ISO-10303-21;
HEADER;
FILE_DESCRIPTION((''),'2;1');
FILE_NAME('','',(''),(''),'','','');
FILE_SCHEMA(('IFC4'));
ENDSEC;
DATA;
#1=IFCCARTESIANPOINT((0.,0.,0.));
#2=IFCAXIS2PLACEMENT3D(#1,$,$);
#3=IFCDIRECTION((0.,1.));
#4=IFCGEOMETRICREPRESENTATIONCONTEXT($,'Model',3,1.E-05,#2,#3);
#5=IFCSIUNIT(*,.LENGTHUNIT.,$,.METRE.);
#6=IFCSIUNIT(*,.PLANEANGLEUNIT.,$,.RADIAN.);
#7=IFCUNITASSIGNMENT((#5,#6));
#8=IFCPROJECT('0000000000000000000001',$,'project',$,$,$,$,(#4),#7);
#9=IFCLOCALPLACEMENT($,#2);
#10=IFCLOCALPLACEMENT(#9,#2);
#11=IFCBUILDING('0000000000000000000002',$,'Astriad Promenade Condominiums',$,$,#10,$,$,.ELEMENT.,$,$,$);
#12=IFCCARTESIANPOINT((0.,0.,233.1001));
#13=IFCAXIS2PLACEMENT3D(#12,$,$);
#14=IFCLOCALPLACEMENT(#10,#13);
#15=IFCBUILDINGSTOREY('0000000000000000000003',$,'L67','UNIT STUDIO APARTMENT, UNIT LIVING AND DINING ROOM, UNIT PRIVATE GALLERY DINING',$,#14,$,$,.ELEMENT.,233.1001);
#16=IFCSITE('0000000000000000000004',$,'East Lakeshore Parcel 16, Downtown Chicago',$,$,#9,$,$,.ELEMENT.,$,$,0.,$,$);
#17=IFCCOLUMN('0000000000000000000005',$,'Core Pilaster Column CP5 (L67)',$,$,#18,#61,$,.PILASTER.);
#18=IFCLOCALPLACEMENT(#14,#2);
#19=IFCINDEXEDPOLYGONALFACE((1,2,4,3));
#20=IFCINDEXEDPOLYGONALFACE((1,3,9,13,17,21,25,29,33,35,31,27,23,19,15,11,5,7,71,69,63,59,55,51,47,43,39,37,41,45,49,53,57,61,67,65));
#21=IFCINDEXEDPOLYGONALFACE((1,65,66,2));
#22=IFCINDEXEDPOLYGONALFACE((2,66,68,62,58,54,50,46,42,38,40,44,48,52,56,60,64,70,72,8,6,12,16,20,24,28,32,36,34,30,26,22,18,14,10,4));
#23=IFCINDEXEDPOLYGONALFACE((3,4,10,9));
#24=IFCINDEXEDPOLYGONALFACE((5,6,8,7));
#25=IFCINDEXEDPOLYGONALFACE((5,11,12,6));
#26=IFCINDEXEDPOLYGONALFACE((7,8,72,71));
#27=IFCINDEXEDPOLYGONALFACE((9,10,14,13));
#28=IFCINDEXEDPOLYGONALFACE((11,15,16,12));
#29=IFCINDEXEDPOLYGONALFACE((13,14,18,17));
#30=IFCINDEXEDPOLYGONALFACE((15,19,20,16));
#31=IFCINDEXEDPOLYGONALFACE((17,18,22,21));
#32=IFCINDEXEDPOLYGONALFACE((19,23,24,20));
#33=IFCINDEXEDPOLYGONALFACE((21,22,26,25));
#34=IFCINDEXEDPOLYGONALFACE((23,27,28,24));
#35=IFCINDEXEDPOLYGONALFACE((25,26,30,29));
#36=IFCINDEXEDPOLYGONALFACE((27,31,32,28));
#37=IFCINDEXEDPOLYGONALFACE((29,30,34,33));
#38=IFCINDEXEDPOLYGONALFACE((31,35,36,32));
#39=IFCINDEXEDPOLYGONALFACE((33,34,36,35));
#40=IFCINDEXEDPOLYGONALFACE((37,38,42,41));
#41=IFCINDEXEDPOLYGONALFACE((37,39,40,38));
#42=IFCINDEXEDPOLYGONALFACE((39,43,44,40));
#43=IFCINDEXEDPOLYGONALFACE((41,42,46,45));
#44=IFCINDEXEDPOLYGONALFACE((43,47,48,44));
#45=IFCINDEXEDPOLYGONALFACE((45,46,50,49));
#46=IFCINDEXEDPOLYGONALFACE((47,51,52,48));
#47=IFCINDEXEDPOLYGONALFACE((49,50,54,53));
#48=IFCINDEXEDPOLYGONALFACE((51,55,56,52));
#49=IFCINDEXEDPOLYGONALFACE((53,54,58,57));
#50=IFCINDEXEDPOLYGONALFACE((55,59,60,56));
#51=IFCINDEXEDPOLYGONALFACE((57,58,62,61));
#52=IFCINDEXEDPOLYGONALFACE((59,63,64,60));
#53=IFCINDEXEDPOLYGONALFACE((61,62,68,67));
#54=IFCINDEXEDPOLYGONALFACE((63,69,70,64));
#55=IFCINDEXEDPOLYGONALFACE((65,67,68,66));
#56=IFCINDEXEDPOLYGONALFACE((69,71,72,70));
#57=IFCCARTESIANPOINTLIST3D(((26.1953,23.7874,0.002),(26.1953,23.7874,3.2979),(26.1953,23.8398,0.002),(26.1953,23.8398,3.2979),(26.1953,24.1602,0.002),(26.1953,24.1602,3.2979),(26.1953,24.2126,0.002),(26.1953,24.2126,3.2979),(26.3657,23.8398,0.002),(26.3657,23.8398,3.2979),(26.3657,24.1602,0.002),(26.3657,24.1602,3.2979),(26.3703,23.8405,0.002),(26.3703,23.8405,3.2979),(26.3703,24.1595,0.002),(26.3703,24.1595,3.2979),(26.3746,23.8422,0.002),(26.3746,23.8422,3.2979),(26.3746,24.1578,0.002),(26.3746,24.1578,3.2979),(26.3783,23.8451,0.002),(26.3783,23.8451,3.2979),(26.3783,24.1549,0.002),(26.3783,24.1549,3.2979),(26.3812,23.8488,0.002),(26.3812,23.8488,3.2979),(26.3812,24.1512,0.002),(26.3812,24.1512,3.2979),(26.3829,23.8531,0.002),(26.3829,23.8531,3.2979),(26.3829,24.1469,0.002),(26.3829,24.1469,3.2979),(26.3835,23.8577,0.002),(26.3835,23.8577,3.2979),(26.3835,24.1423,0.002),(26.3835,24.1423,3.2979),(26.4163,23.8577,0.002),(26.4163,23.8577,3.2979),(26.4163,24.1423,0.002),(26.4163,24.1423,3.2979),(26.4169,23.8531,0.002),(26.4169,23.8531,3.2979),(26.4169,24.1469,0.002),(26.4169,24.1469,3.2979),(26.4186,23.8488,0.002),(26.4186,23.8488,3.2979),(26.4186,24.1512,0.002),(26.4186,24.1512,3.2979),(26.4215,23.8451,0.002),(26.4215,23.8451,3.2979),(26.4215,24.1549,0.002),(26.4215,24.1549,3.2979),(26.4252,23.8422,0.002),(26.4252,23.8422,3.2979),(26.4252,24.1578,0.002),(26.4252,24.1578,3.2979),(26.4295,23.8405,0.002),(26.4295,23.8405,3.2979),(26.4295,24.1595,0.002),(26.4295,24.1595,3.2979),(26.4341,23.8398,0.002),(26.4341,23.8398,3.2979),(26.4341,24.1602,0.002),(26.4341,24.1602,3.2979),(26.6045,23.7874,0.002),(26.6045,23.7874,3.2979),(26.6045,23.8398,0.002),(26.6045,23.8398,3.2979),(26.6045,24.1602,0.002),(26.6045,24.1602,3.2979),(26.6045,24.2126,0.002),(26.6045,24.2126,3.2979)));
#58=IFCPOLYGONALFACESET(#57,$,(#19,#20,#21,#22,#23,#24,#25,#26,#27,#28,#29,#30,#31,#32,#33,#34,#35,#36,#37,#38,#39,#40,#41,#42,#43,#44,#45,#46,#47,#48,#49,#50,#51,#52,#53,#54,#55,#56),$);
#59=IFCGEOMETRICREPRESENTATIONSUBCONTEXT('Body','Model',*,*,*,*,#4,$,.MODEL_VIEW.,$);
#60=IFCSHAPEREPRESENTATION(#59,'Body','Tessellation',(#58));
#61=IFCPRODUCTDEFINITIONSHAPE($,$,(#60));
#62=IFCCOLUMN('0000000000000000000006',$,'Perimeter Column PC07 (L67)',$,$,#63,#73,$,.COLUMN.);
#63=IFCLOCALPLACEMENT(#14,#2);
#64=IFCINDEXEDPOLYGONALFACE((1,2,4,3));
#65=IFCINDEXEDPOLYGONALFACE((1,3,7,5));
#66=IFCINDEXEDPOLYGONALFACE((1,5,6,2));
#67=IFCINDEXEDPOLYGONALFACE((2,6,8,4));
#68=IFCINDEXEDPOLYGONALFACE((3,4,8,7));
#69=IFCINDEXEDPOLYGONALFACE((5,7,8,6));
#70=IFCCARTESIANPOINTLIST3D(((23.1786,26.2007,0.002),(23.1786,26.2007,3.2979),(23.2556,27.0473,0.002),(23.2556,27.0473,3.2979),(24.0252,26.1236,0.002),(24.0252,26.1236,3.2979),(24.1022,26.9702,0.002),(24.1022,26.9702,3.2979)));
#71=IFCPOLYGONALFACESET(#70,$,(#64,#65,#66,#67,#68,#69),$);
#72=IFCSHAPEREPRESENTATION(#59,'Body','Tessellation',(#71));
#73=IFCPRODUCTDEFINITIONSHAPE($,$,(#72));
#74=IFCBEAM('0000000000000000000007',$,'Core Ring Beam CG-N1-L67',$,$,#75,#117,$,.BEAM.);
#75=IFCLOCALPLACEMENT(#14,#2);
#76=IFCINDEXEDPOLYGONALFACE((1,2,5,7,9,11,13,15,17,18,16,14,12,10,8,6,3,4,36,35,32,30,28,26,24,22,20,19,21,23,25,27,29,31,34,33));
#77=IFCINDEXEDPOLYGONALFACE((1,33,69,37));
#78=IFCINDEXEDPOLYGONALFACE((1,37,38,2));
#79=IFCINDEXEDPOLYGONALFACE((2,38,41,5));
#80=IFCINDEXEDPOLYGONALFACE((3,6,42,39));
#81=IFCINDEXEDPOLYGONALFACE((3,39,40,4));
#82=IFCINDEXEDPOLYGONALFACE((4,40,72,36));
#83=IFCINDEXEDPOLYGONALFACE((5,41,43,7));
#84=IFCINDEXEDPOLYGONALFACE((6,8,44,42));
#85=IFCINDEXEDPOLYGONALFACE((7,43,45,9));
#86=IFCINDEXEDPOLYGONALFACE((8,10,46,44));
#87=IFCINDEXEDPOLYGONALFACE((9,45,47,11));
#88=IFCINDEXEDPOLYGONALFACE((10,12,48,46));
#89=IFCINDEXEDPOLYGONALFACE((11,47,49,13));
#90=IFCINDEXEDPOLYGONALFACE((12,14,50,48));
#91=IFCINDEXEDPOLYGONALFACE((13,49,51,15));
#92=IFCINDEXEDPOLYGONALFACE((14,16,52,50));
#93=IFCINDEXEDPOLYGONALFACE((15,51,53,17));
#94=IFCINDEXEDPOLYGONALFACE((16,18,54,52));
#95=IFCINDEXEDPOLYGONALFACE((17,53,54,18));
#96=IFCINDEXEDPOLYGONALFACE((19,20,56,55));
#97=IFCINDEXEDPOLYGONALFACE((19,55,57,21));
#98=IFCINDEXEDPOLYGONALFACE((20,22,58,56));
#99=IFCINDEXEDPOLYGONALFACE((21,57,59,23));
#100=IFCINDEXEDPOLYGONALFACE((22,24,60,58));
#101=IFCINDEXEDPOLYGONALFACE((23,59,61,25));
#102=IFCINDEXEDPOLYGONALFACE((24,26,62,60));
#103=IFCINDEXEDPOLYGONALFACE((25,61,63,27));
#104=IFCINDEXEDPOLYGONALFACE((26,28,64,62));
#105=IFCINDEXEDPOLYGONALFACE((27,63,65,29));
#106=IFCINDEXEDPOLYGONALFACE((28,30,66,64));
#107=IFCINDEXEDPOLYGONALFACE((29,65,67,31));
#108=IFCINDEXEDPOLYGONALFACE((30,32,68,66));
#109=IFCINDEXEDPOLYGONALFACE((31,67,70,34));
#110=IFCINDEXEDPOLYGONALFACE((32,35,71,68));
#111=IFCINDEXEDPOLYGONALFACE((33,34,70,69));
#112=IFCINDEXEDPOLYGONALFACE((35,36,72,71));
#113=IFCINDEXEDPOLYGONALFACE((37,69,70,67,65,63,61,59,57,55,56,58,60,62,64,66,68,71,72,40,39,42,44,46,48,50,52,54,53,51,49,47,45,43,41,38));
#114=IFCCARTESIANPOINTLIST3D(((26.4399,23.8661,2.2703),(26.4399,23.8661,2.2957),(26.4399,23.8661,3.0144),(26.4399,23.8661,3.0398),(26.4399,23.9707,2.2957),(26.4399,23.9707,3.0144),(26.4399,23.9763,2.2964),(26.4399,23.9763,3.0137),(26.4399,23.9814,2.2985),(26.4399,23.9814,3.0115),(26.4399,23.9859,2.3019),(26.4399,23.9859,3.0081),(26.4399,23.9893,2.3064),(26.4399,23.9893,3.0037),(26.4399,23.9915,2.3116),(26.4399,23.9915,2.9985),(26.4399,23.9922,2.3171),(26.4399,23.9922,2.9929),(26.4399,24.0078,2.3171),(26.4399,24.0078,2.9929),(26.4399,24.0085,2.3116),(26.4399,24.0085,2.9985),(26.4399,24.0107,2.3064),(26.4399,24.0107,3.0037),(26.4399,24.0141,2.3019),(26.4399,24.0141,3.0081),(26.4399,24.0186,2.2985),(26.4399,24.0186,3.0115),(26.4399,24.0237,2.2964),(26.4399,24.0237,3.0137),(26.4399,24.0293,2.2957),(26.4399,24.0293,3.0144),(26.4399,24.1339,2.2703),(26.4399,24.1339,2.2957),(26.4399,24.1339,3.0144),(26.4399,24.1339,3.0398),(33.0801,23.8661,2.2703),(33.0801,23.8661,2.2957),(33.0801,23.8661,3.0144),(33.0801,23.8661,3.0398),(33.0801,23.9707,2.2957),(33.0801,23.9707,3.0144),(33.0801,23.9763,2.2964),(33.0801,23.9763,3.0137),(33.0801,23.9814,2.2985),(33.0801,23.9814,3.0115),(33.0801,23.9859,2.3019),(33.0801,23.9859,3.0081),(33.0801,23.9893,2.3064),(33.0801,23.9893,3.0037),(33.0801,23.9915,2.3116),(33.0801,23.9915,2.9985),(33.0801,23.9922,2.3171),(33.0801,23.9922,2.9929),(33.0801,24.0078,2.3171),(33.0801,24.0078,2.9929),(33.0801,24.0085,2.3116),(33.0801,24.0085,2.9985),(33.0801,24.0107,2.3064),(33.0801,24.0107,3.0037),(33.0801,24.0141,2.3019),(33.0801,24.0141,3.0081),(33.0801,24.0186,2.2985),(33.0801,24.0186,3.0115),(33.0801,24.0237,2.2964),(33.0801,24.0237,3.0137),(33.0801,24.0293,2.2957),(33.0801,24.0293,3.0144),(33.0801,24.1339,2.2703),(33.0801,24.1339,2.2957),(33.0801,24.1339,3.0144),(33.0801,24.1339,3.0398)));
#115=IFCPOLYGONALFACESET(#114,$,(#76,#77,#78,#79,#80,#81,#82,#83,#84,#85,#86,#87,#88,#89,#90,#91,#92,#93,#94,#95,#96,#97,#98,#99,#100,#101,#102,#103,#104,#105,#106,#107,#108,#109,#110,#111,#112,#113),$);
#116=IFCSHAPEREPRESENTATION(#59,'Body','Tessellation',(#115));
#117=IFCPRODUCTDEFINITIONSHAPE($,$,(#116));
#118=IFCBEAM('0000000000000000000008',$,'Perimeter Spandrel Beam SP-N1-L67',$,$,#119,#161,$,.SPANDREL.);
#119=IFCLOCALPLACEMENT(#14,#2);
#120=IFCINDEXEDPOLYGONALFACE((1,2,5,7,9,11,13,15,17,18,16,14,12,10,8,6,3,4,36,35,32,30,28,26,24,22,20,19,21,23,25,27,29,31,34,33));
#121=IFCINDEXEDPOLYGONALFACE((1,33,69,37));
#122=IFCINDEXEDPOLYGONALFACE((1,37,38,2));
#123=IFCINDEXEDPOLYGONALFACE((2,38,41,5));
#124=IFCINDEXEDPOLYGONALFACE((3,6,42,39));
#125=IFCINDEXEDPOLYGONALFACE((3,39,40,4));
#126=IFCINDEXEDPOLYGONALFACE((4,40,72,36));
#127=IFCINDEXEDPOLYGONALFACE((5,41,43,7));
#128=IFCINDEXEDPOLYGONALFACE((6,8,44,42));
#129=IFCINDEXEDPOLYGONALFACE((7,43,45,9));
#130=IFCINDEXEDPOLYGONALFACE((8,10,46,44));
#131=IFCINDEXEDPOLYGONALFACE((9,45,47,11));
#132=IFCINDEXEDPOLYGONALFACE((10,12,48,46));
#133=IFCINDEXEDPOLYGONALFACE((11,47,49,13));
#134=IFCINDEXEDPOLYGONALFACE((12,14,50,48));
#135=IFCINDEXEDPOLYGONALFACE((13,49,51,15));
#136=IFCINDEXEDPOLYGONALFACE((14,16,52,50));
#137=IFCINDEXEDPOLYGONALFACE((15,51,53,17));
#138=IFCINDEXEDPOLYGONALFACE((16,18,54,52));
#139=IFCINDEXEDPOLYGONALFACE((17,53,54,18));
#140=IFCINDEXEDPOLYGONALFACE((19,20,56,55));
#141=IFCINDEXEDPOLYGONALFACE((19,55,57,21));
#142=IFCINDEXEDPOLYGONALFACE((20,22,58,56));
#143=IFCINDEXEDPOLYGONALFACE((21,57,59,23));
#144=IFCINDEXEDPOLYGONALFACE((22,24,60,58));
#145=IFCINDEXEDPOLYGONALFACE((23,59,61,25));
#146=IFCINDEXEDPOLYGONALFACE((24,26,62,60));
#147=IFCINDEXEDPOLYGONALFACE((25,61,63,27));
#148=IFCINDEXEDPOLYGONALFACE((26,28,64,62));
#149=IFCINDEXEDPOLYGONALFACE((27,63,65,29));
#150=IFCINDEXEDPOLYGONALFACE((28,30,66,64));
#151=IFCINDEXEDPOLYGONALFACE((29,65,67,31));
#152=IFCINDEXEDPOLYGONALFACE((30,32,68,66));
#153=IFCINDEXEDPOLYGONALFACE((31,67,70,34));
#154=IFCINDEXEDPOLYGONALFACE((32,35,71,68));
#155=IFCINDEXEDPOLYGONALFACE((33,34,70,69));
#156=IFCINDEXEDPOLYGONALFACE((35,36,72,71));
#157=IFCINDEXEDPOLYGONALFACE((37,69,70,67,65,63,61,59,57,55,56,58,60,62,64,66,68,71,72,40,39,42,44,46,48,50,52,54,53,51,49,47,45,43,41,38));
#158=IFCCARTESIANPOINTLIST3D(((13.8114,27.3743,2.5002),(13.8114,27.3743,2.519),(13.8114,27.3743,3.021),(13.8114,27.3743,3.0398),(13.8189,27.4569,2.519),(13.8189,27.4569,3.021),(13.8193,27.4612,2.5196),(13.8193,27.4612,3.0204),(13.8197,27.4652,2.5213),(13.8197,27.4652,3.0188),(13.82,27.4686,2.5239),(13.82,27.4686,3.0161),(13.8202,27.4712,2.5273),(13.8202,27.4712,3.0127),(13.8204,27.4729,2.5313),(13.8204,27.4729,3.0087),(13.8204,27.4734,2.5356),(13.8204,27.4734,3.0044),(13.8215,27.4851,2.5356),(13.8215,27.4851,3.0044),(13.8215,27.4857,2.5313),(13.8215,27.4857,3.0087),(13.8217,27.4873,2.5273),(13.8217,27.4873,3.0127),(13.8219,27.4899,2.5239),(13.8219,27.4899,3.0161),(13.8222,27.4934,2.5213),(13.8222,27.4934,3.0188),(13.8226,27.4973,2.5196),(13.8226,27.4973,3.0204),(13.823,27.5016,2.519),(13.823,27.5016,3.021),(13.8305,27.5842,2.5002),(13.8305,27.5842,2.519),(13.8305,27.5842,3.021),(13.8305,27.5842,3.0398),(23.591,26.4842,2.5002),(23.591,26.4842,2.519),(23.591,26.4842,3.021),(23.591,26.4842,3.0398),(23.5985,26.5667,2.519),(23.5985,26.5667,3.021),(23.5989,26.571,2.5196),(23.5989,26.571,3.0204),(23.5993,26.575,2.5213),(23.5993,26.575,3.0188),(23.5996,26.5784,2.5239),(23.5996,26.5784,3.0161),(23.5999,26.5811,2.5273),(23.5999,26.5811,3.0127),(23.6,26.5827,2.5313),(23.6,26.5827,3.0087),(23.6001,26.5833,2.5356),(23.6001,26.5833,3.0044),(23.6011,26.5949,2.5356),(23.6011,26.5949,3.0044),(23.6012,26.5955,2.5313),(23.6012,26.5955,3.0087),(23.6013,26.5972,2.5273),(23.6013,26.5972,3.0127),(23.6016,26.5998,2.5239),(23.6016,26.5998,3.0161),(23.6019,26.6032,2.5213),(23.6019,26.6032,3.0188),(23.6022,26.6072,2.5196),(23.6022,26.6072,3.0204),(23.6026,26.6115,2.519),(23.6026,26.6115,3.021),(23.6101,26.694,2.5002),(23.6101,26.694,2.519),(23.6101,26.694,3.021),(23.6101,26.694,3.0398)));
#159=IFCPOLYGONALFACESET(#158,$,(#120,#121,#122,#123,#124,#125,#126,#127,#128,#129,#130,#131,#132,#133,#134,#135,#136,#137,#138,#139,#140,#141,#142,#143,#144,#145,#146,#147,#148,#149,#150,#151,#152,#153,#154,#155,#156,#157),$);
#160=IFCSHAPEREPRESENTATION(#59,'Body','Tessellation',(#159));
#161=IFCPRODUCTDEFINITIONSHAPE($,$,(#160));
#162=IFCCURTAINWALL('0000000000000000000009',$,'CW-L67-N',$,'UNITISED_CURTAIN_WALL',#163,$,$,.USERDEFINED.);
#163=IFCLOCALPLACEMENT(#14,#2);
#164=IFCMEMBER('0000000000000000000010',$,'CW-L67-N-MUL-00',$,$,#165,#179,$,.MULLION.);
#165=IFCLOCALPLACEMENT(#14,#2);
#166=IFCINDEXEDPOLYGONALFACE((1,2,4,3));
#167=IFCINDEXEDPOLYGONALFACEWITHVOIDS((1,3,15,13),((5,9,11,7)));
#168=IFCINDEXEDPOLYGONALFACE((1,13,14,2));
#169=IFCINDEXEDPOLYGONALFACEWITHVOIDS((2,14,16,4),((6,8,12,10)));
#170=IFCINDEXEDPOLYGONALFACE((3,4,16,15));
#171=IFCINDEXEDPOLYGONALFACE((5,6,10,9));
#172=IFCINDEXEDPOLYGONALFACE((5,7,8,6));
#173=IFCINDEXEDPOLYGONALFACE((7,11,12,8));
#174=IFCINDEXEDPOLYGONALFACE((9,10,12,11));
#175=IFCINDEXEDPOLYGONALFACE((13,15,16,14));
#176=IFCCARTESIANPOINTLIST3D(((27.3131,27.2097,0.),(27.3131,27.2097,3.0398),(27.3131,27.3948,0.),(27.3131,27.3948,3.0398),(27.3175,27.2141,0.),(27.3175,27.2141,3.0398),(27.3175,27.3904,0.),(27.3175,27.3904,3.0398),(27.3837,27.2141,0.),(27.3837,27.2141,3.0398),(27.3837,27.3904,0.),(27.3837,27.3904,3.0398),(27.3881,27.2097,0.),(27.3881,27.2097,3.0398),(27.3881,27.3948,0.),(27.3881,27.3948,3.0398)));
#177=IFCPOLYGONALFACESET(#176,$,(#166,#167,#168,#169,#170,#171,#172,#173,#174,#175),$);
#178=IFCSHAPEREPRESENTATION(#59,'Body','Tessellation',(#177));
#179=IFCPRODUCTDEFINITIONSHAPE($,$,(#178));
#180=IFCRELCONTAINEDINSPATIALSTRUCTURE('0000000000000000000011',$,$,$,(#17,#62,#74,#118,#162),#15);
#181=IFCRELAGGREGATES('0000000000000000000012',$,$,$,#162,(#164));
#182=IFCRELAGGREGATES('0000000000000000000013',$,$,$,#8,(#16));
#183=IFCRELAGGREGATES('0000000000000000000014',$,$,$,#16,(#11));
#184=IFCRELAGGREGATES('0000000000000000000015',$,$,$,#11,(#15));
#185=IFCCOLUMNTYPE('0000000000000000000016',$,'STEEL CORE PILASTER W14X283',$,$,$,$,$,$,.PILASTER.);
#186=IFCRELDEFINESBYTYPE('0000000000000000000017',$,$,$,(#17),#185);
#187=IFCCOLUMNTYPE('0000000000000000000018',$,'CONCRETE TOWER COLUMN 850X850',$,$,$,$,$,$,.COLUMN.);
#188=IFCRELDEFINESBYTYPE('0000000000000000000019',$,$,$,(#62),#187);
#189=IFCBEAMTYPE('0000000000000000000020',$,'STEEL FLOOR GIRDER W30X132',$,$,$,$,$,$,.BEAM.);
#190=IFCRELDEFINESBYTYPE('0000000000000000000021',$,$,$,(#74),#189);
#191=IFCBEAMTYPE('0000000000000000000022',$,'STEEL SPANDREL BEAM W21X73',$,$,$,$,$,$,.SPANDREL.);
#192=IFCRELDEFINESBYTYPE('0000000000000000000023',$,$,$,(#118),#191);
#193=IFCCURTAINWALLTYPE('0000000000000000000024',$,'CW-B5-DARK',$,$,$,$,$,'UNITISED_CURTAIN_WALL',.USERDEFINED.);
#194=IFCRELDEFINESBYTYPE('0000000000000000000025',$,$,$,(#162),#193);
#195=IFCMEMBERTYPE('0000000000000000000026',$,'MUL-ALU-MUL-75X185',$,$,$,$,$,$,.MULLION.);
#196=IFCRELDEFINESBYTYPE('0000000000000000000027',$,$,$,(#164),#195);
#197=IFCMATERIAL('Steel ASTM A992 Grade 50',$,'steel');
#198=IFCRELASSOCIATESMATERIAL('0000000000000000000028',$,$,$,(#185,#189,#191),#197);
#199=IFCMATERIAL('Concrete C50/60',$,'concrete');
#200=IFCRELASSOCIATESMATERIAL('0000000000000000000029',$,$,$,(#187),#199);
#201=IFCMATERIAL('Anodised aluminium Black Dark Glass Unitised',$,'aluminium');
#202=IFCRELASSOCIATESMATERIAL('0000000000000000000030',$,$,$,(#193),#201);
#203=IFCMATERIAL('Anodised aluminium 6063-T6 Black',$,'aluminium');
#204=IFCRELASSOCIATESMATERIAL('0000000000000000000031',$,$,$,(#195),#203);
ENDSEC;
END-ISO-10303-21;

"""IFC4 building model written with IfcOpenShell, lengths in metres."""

from ifc_helpers import new_model, si_unit, direction, frame, origin, origin_2d, place, context, subcontext, project, spatial, rectangle, hollow_rectangle, i_section, extrude, source, transform, mapped, material, material_profile, profile_set, type_object, type_shapes, element, aggregate, save


model = new_model("IFC4")

# Units and contexts
model_context = context("Model", 3, precision=1e-05, world=origin(), true_north=direction((0.0, 1.0)))
body_context = subcontext(model_context, "Body", "Model", "MODEL_VIEW")
ifc_project = project(units=[si_unit("LENGTHUNIT", "METRE"), si_unit("PLANEANGLEUNIT", "RADIAN")], contexts=[model_context])

# Site, building, storey
site_placement = place(None, origin())
site = spatial("IfcSite", under=ifc_project, at=site_placement, Name="East Lakeshore Parcel 16, Downtown Chicago", CompositionType="ELEMENT", RefElevation=0.0)
building_placement = place(site_placement, origin())
building = spatial("IfcBuilding", under=site, at=building_placement, Name="Astriad Promenade Condominiums", CompositionType="ELEMENT")
storey_placement = place(building_placement, frame((0.0, 0.0, 233.1001)))
storey = spatial("IfcBuildingStorey", under=building, at=storey_placement, Name="L67", Description="UNIT STUDIO APARTMENT, UNIT LIVING AND DINING ROOM, UNIT PRIVATE GALLERY DINING", CompositionType="ELEMENT", Elevation=233.1001)

# Columns
ifc_material_1 = material(Name="Steel ASTM A992 Grade 50", Category="steel")
ifc_material_profile_1 = material_profile(ifc_material_1, i_section(OverallWidth=0.4092, OverallDepth=0.4253, WebThickness=0.0327, FlangeThickness=0.0525, FilletRadius=0.0178, at=origin_2d()), Name="W14X283")
ifc_profile_set_1 = profile_set([ifc_material_profile_1], Name="Steel ASTM A992 Grade 50")
column_type_1 = type_object("IfcColumnType", Name="STEEL CORE PILASTER W14X283", PredefinedType="PILASTER", material=ifc_profile_set_1)
shared_shape_1 = source(origin(), body_context, "Body", "SweptSolid", [
    extrude(i_section(OverallWidth=0.4092, OverallDepth=0.4253, WebThickness=0.0327, FlangeThickness=0.0525, FilletRadius=0.0178, at=origin_2d()), origin(), (0.0, 0.0, 1.0), 3.2959),
])
type_shapes(column_type_1, [shared_shape_1])
column_1_placement = place(storey_placement, frame((26.3999, 24.0, 0.002), z_axis=(0.0, 0.0, 1.0), x_axis=(1.0, 0.0, 0.0)))
element("IfcColumn", 1, at=column_1_placement, inside=storey, type_object=column_type_1, Name="Core Pilaster Column CP5 (L67)", PredefinedType="PILASTER", context=body_context, shape_type="MappedRepresentation", body=[
    mapped(shared_shape_1, transform((0.0, 0.0, 0.0), scale=1.0)),
])
ifc_material_2 = material(Name="Concrete C50/60", Category="concrete")
ifc_material_profile_2 = material_profile(ifc_material_2, rectangle(XDim=0.8501, YDim=0.8501, at=origin_2d()), Name="RC-COL-850X850")
ifc_profile_set_2 = profile_set([ifc_material_profile_2], Name="Concrete C50/60")
column_type_2 = type_object("IfcColumnType", Name="CONCRETE TOWER COLUMN 850X850", PredefinedType="COLUMN", material=ifc_profile_set_2)
shared_shape_2 = source(origin(), body_context, "Body", "SweptSolid", [
    extrude(rectangle(XDim=0.8501, YDim=0.8501, at=origin_2d()), origin(), (0.0, 0.0, 1.0), 3.2959),
])
type_shapes(column_type_2, [shared_shape_2])
column_2_placement = place(storey_placement, frame((23.6404, 26.5854, 0.002), z_axis=(0.0, 0.0, 1.0), x_axis=(0.995884, -0.090633, 0.0)))
element("IfcColumn", 2, at=column_2_placement, inside=storey, type_object=column_type_2, Name="Perimeter Column PC07 (L67)", PredefinedType="COLUMN", context=body_context, shape_type="MappedRepresentation", body=[
    mapped(shared_shape_2, transform((0.0, 0.0, 0.0), scale=1.0)),
])

# Beams
ifc_material_profile_3 = material_profile(ifc_material_1, i_section(OverallWidth=0.2678, OverallDepth=0.7695, WebThickness=0.0156, FlangeThickness=0.0254, FilletRadius=0.0215, at=origin_2d()), Name="W30X132")
ifc_profile_set_3 = profile_set([ifc_material_profile_3], Name="Steel ASTM A992 Grade 50")
beam_type_1 = type_object("IfcBeamType", Name="STEEL FLOOR GIRDER W30X132", PredefinedType="BEAM", material=ifc_profile_set_3)
shared_shape_3 = source(origin(), body_context, "Body", "SweptSolid", [
    extrude(i_section(OverallWidth=0.2678, OverallDepth=0.7695, WebThickness=0.0156, FlangeThickness=0.0254, FilletRadius=0.0215, at=origin_2d()), origin(), (0.0, 0.0, 1.0), 6.6401),
])
type_shapes(beam_type_1, [shared_shape_3])
beam_1_placement = place(storey_placement, frame((26.4399, 24.0, 2.655), z_axis=(1.0, 0.0, 0.0), x_axis=(0.0, 1.0, 0.0)))
element("IfcBeam", 3, at=beam_1_placement, inside=storey, type_object=beam_type_1, Name="Core Ring Beam CG-N1-L67", PredefinedType="BEAM", context=body_context, shape_type="MappedRepresentation", body=[
    mapped(shared_shape_3, transform((0.0, 0.0, 0.0), scale=1.0)),
])
ifc_material_profile_4 = material_profile(ifc_material_1, i_section(OverallWidth=0.2107, OverallDepth=0.5396, WebThickness=0.0117, FlangeThickness=0.0188, FilletRadius=0.0166, at=origin_2d()), Name="W21X73")
ifc_profile_set_4 = profile_set([ifc_material_profile_4], Name="Steel ASTM A992 Grade 50")
beam_type_2 = type_object("IfcBeamType", Name="STEEL SPANDREL BEAM W21X73", PredefinedType="SPANDREL", material=ifc_profile_set_4)
shared_shape_4 = source(origin(), body_context, "Body", "SweptSolid", [
    extrude(i_section(OverallWidth=0.2107, OverallDepth=0.5396, WebThickness=0.0117, FlangeThickness=0.0188, FilletRadius=0.0166, at=origin_2d()), origin(), (0.0, 0.0, 1.0), 9.8201),
])
type_shapes(beam_type_2, [shared_shape_4])
beam_2_placement = place(storey_placement, frame((23.6006, 26.5891, 2.77), z_axis=(-0.995883, 0.090646, 0.0), x_axis=(-0.090646, -0.995883, 0.0)))
element("IfcBeam", 4, at=beam_2_placement, inside=storey, type_object=beam_type_2, Name="Perimeter Spandrel Beam SP-N1-L67", PredefinedType="SPANDREL", context=body_context, shape_type="MappedRepresentation", body=[
    mapped(shared_shape_4, transform((0.0, 0.0, 0.0), scale=1.0)),
])

# Curtain wall, member
ifc_material_3 = material(Name="Anodised aluminium Black Dark Glass Unitised", Category="aluminium")
curtain_wall_type = type_object("IfcCurtainWallType", Name="CW-B5-DARK", ElementType="UNITISED_CURTAIN_WALL", PredefinedType="USERDEFINED", material=ifc_material_3)
curtain_wall_placement = place(storey_placement, origin())
curtain_wall = element("IfcCurtainWall", 5, at=curtain_wall_placement, inside=storey, type_object=curtain_wall_type, Name="CW-L67-N", ObjectType="UNITISED_CURTAIN_WALL", PredefinedType="USERDEFINED")
ifc_material_4 = material(Name="Anodised aluminium 6063-T6 Black", Category="aluminium")
ifc_material_profile_5 = material_profile(ifc_material_4, hollow_rectangle(XDim=0.075, YDim=0.1851, WallThickness=0.0044, at=origin_2d()), Name="ALU-MUL-75X185")
ifc_profile_set_5 = profile_set([ifc_material_profile_5], Name="Anodised aluminium 6063-T6 Black")
member_type_1 = type_object("IfcMemberType", Name="MUL-ALU-MUL-75X185", PredefinedType="MULLION", material=ifc_profile_set_5)
shared_shape_5 = source(origin(), body_context, "Body", "SweptSolid", [
    extrude(hollow_rectangle(XDim=0.075, YDim=0.1851, WallThickness=0.0044, at=origin_2d()), origin(), (0.0, 0.0, 1.0), 3.0398),
])
type_shapes(member_type_1, [shared_shape_5])
member_1_placement = place(storey_placement, frame((27.3506, 27.3022, 0.0), z_axis=(0.0, 0.0, 1.0), x_axis=(1.0, 0.0, 0.0)))
member_1 = element("IfcMember", 6, at=member_1_placement, type_object=member_type_1, Name="CW-L67-N-MUL-00", PredefinedType="MULLION", context=body_context, shape_type="MappedRepresentation", body=[
    mapped(shared_shape_5, transform((0.0, 0.0, 0.0), scale=1.0)),
])
aggregate(curtain_wall, [member_1])

save(model, "model.ifc")
